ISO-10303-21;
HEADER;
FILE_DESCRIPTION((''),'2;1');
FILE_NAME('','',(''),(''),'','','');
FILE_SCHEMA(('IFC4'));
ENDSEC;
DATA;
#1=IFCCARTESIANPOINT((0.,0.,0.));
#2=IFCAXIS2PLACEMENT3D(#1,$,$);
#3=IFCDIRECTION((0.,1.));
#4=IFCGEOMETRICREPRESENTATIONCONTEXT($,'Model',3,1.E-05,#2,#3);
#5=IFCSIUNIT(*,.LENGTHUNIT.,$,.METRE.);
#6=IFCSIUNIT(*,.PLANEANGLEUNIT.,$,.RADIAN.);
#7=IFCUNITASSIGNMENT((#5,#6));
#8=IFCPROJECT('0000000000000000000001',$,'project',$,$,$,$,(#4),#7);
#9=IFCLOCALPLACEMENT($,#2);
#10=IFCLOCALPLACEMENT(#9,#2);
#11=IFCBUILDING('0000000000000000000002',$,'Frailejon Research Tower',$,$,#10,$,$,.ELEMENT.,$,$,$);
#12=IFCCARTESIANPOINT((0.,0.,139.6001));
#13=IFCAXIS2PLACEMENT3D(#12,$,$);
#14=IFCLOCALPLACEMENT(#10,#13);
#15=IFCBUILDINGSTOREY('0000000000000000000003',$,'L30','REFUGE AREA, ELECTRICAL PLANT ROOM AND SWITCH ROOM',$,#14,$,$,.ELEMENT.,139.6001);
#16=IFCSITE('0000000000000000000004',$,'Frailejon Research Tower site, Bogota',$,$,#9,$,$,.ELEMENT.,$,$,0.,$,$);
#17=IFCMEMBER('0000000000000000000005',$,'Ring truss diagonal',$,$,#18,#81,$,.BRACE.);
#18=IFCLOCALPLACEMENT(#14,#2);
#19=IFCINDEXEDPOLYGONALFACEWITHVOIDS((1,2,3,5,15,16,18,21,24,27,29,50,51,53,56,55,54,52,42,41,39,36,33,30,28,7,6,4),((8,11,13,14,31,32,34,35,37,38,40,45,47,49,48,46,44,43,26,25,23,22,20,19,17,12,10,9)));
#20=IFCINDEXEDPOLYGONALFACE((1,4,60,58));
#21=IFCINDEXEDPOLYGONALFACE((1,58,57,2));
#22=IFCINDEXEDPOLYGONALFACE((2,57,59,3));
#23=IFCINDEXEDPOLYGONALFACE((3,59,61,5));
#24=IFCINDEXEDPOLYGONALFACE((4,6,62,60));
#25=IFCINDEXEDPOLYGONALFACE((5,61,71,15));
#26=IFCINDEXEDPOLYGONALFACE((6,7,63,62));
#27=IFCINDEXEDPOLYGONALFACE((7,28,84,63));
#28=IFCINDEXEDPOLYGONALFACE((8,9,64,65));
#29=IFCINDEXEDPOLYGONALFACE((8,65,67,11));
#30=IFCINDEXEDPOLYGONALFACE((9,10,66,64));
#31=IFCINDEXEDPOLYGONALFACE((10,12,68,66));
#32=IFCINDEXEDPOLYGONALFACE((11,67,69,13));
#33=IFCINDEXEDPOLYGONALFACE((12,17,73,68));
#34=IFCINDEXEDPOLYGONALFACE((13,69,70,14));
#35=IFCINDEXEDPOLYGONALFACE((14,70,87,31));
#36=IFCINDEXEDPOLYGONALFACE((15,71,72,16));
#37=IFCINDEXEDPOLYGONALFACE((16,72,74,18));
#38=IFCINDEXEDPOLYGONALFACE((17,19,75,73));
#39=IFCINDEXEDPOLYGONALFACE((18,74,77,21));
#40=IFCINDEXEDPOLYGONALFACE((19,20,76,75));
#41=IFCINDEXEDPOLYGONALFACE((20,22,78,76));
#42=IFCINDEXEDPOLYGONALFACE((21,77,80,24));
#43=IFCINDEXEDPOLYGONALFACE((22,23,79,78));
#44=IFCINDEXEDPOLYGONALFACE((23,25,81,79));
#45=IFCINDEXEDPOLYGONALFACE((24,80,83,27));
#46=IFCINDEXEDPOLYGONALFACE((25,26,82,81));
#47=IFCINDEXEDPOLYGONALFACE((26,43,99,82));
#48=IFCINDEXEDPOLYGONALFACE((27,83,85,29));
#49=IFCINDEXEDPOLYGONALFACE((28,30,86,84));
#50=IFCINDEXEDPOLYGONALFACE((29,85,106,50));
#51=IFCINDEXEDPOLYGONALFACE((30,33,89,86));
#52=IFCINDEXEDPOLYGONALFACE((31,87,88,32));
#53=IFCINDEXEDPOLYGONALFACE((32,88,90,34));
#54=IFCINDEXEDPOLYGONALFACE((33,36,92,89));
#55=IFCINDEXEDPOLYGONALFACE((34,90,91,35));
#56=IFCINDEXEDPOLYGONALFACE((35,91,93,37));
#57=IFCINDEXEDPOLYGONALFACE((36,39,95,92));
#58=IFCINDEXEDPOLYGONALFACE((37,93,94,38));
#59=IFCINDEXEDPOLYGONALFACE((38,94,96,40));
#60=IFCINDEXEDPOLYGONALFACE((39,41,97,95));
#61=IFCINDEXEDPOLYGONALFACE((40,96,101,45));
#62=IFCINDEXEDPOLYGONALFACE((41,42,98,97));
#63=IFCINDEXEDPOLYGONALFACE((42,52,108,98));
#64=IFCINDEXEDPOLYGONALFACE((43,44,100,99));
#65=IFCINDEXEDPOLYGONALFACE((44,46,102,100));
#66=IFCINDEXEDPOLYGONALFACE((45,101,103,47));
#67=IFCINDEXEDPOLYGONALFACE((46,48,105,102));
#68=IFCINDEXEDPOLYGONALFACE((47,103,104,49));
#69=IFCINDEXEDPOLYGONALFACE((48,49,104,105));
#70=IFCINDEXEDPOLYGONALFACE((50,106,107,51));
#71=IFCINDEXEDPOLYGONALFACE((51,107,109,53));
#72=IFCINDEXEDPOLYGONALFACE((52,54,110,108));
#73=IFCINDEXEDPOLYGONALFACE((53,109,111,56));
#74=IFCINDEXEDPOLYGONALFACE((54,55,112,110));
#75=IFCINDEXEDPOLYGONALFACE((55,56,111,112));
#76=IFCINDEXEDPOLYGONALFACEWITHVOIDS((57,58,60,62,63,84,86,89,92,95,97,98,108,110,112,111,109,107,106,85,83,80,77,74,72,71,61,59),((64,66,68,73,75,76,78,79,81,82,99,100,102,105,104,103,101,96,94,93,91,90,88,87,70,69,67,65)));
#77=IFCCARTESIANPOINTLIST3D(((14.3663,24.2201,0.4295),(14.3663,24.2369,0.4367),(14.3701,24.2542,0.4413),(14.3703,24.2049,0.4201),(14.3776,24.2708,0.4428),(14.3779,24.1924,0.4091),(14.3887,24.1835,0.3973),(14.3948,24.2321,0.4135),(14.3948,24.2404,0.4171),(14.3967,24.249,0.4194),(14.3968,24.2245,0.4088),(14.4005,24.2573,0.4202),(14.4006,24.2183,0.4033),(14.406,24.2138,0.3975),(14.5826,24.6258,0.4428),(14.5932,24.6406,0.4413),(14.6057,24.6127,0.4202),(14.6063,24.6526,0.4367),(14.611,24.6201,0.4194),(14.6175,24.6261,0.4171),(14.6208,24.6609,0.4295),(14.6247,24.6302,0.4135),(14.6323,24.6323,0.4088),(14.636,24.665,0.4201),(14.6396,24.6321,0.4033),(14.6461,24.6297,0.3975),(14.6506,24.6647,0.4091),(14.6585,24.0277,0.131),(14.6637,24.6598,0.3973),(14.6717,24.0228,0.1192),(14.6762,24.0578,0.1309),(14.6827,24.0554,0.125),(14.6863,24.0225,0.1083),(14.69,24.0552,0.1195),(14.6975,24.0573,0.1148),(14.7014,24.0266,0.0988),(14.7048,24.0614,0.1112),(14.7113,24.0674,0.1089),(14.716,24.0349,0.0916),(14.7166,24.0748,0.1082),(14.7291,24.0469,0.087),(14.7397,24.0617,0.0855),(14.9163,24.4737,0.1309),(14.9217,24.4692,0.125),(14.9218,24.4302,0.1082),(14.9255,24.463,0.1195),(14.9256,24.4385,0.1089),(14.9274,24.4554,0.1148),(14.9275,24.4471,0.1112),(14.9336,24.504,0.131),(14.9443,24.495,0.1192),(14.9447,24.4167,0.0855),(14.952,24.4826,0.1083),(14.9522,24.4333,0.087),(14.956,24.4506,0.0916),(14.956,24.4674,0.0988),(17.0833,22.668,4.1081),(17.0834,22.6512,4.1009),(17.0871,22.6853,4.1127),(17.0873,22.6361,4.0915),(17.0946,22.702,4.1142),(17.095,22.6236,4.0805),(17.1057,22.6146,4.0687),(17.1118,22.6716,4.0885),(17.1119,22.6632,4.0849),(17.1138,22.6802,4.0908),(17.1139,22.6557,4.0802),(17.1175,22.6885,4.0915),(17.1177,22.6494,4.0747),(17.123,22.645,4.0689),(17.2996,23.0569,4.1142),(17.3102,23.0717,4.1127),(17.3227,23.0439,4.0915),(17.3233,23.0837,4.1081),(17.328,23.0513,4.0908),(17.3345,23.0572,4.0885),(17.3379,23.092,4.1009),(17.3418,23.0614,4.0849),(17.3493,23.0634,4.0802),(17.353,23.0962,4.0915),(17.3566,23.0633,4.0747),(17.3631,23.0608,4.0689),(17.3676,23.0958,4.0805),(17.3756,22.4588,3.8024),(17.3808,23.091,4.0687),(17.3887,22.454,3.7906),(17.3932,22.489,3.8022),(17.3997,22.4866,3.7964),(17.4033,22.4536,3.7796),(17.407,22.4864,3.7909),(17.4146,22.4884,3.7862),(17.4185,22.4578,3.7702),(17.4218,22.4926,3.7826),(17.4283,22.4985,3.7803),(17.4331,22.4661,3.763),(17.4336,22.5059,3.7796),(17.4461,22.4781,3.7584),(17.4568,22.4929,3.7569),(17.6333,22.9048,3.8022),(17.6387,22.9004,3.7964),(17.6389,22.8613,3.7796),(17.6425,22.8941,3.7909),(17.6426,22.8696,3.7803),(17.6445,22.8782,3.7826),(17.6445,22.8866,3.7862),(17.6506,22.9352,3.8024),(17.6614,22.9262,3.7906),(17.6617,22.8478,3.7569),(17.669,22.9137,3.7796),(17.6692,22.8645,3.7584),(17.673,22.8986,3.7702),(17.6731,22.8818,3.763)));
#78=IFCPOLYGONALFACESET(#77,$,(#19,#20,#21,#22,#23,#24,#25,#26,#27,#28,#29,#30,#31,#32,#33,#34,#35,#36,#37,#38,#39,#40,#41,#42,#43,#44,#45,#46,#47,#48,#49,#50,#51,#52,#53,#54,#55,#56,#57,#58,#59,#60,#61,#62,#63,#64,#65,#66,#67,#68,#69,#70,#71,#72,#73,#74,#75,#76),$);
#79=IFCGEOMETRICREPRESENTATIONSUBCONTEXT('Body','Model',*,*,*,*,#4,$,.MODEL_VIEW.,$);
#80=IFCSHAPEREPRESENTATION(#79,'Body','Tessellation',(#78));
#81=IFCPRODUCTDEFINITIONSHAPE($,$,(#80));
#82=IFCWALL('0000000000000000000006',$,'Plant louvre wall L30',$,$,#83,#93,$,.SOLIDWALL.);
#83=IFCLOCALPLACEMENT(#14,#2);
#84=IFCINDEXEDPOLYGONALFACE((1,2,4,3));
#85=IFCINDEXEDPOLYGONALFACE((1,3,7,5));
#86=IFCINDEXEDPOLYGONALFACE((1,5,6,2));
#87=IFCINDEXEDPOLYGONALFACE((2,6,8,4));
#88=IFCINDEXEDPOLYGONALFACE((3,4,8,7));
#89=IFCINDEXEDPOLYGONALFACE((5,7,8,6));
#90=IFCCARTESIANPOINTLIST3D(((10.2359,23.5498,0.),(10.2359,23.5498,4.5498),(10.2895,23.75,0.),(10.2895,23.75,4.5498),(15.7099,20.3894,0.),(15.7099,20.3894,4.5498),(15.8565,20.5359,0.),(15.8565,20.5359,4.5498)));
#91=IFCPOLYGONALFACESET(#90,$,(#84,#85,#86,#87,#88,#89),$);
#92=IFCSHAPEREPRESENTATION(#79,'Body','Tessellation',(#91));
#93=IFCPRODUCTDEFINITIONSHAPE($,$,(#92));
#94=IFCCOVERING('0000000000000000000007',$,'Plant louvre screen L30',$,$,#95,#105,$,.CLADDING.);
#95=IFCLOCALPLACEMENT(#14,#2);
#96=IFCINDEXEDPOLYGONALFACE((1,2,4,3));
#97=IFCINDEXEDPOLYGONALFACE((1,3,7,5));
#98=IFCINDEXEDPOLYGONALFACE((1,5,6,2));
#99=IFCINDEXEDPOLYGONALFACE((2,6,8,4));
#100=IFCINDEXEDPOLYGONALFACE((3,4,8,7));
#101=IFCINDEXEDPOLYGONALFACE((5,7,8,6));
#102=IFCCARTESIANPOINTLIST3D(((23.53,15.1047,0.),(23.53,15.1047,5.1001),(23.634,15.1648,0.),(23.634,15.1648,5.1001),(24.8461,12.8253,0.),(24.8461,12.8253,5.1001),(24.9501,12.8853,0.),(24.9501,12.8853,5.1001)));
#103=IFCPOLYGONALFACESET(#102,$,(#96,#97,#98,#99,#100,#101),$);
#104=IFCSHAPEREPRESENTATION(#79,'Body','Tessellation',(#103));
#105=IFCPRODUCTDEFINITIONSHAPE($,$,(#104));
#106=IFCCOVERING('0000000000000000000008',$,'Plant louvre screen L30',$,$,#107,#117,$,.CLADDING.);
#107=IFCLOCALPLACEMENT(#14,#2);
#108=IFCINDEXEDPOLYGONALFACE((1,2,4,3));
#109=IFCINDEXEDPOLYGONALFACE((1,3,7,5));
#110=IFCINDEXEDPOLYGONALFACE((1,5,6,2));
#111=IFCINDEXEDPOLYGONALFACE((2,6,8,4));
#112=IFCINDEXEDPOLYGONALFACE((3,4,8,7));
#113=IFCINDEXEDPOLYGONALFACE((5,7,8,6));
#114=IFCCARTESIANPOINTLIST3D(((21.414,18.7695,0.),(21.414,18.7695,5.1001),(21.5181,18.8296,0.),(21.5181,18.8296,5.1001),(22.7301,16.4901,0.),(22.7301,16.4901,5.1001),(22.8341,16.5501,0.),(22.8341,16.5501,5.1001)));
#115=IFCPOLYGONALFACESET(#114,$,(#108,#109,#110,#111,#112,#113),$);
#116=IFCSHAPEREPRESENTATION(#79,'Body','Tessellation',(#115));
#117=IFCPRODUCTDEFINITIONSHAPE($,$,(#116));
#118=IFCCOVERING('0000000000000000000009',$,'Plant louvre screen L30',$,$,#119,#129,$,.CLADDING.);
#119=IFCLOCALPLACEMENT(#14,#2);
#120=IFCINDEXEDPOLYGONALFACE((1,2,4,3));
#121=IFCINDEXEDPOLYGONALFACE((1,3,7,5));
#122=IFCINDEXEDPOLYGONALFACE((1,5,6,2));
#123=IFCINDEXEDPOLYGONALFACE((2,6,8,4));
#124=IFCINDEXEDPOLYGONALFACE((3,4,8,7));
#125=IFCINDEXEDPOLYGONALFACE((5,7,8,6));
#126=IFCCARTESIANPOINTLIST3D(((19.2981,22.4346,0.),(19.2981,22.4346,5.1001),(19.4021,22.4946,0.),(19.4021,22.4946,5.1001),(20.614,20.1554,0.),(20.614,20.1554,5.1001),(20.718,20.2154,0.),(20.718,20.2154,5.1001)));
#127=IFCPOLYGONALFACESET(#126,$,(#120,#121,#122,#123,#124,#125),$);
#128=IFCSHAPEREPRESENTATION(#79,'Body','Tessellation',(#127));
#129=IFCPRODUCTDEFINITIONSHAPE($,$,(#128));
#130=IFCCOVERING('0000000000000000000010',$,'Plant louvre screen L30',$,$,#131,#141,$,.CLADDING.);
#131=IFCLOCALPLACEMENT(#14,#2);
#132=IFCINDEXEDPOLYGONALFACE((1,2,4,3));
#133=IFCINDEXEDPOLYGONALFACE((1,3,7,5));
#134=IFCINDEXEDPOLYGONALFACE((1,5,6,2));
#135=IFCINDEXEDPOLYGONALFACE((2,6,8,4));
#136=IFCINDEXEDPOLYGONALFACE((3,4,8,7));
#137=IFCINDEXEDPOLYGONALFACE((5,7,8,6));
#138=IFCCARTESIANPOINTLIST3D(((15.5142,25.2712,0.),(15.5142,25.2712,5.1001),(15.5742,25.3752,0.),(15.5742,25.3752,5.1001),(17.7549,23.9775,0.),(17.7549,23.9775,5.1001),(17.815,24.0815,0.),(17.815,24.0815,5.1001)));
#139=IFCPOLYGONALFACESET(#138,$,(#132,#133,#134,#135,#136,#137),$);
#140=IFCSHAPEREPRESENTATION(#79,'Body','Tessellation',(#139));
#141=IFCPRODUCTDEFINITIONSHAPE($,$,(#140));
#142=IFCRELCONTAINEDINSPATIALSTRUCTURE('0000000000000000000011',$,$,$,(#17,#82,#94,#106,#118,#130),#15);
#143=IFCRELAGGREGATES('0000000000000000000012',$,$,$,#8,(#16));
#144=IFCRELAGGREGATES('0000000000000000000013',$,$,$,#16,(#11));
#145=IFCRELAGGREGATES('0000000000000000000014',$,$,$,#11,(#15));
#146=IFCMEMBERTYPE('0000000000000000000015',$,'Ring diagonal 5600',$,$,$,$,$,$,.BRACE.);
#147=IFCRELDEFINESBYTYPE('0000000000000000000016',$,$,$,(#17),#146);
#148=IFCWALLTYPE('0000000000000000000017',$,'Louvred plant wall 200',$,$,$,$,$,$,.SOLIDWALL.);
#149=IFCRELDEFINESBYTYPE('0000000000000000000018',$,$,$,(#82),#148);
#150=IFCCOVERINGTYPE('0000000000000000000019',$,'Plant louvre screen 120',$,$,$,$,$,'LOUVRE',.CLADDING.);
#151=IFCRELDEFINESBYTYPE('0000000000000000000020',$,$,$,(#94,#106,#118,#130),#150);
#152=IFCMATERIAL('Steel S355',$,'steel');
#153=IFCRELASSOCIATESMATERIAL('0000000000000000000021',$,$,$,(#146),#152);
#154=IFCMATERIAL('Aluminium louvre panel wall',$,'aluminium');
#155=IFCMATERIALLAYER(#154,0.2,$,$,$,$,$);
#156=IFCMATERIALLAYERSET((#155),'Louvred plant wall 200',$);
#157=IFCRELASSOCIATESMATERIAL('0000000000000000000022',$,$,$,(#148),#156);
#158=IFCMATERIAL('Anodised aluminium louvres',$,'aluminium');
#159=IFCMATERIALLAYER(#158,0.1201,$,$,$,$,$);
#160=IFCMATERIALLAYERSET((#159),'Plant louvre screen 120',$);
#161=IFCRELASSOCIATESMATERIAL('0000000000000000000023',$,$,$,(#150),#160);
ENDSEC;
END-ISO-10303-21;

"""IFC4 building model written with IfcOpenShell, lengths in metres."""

from ifc_helpers import new_model, si_unit, direction, frame, origin, origin_2d, place, context, subcontext, project, spatial, polyline, hollow_rectangle, outline, extrude, material, layer, layer_set, material_profile, profile_set, type_object, element, save


model = new_model("IFC4")

# Units and contexts
model_context = context("Model", 3, precision=1e-05, world=origin(), true_north=direction((0.0, 1.0)))
body_context = subcontext(model_context, "Body", "Model", "MODEL_VIEW")
ifc_project = project(units=[si_unit("LENGTHUNIT", "METRE"), si_unit("PLANEANGLEUNIT", "RADIAN")], contexts=[model_context])

# Site, building, storey
site_placement = place(None, origin())
site = spatial("IfcSite", under=ifc_project, at=site_placement, Name="Frailejon Research Tower site, Bogota", CompositionType="ELEMENT", RefElevation=0.0)
building_placement = place(site_placement, origin())
building = spatial("IfcBuilding", under=site, at=building_placement, Name="Frailejon Research Tower", CompositionType="ELEMENT")
storey_placement = place(building_placement, frame((0.0, 0.0, 139.6001)))
storey = spatial("IfcBuildingStorey", under=building, at=storey_placement, Name="L30", Description="REFUGE AREA, ELECTRICAL PLANT ROOM AND SWITCH ROOM", CompositionType="ELEMENT", Elevation=139.6001)

# Member
ifc_material_1 = material(Name="Steel S355", Category="steel")
ifc_material_profile_1 = material_profile(ifc_material_1, hollow_rectangle(XDim=0.55, YDim=0.55, WallThickness=0.0349, InnerFilletRadius=0.0349, OuterFilletRadius=0.0701, at=origin_2d()), Name="Ring diagonal 5600")
ifc_profile_set_1 = profile_set([ifc_material_profile_1], Name="Steel S355")
member_type = type_object("IfcMemberType", Name="Ring diagonal 5600", PredefinedType="BRACE", material=ifc_profile_set_1)
member_1_placement = place(storey_placement, frame((17.3782, 22.7749, 3.9355), z_axis=(-0.562609, 0.324857, -0.760223), x_axis=(-0.500039, -0.866003, 0.0)))
element("IfcMember", 1, at=member_1_placement, inside=storey, type_object=member_type, Name="Ring truss diagonal", PredefinedType="BRACE", context=body_context, shape_type="SweptSolid", body=[
    extrude(hollow_rectangle(XDim=0.55, YDim=0.55, WallThickness=0.0349, InnerFilletRadius=0.0349, OuterFilletRadius=0.0701, at=origin_2d()), origin(), (0.0, 0.0, 1.0), 4.8293),
])

# Wall
ifc_material_2 = material(Name="Aluminium louvre panel wall", Category="aluminium")
ifc_layer_1 = layer(ifc_material_2, 0.2)
ifc_layer_set_1 = layer_set([ifc_layer_1], Name="Louvred plant wall 200")
wall_type = type_object("IfcWallType", Name="Louvred plant wall 200", PredefinedType="SOLIDWALL", material=ifc_layer_set_1)
wall_placement = place(storey_placement, frame((15.7832, 20.4626, 0.0), z_axis=(0.0, 0.0, 1.0), x_axis=(-0.866026, 0.499999, 0.0)))
element("IfcWall", 2, at=wall_placement, inside=storey, type_object=wall_type, Name="Plant louvre wall L30", PredefinedType="SOLIDWALL", context=body_context, shape_type="SweptSolid", body=[
    extrude(outline(polyline([(-0.0269, -0.1001), (6.4014, -0.1001), (6.3477, 0.1001), (0.0269, 0.1001), (-0.0269, -0.1001)])), origin(), (0.0, 0.0, 1.0), 4.5498),
])

# Coverings
ifc_material_3 = material(Name="Anodised aluminium louvres", Category="aluminium")
ifc_layer_2 = layer(ifc_material_3, 0.1201)
ifc_layer_set_2 = layer_set([ifc_layer_2], Name="Plant louvre screen 120")
covering_type = type_object("IfcCoveringType", Name="Plant louvre screen 120", ElementType="LOUVRE", PredefinedType="CLADDING", material=ifc_layer_set_2)
for number, where, z_axis, x_axis, name in (
    (3, (23.634, 15.1648, 0.0), (0.500002, -0.866024, 0.0), (0.866024, 0.500002, 0.0), "Plant louvre screen L30"),
    (4, (21.5181, 18.8296, 0.0), (0.500002, -0.866024, 0.0), (0.866024, 0.500002, 0.0), "Plant louvre screen L30"),
):
    element("IfcCovering", number, at=place(storey_placement, frame(where, z_axis=z_axis, x_axis=x_axis)), inside=storey, type_object=covering_type, Name=name, PredefinedType="CLADDING", context=body_context, shape_type="SweptSolid", body=[
        extrude(outline(polyline([(-0.1201, 0.0), (0.0, 0.0), (0.0, 5.1001), (-0.1201, 5.1001), (-0.1201, 0.0)])), origin(), (0.0, 0.0, 1.0), 2.6321),
    ])
covering_1_placement = place(storey_placement, frame((19.4021, 22.4946, 0.0), z_axis=(0.500012, -0.866018, 0.0), x_axis=(0.866018, 0.500012, 0.0)))
element("IfcCovering", 5, at=covering_1_placement, inside=storey, type_object=covering_type, Name="Plant louvre screen L30", PredefinedType="CLADDING", context=body_context, shape_type="SweptSolid", body=[
    extrude(outline(polyline([(-0.1201, 0.0), (0.0, 0.0), (0.0, 5.1001), (-0.1201, 5.1001), (-0.1201, 0.0)])), origin(), (0.0, 0.0, 1.0), 2.6318),
])
covering_2_placement = place(storey_placement, frame((15.5742, 25.3752, 0.0), z_axis=(0.866021, -0.500007, 0.0), x_axis=(0.500007, 0.866021, 0.0)))
element("IfcCovering", 6, at=covering_2_placement, inside=storey, type_object=covering_type, Name="Plant louvre screen L30", PredefinedType="CLADDING", context=body_context, shape_type="SweptSolid", body=[
    extrude(outline(polyline([(-0.1201, 0.0), (0.0, 0.0), (0.0, 5.1001), (-0.1201, 5.1001), (-0.1201, 0.0)])), origin(), (0.0, 0.0, 1.0), 2.5874),
])

save(model, "model.ifc")
